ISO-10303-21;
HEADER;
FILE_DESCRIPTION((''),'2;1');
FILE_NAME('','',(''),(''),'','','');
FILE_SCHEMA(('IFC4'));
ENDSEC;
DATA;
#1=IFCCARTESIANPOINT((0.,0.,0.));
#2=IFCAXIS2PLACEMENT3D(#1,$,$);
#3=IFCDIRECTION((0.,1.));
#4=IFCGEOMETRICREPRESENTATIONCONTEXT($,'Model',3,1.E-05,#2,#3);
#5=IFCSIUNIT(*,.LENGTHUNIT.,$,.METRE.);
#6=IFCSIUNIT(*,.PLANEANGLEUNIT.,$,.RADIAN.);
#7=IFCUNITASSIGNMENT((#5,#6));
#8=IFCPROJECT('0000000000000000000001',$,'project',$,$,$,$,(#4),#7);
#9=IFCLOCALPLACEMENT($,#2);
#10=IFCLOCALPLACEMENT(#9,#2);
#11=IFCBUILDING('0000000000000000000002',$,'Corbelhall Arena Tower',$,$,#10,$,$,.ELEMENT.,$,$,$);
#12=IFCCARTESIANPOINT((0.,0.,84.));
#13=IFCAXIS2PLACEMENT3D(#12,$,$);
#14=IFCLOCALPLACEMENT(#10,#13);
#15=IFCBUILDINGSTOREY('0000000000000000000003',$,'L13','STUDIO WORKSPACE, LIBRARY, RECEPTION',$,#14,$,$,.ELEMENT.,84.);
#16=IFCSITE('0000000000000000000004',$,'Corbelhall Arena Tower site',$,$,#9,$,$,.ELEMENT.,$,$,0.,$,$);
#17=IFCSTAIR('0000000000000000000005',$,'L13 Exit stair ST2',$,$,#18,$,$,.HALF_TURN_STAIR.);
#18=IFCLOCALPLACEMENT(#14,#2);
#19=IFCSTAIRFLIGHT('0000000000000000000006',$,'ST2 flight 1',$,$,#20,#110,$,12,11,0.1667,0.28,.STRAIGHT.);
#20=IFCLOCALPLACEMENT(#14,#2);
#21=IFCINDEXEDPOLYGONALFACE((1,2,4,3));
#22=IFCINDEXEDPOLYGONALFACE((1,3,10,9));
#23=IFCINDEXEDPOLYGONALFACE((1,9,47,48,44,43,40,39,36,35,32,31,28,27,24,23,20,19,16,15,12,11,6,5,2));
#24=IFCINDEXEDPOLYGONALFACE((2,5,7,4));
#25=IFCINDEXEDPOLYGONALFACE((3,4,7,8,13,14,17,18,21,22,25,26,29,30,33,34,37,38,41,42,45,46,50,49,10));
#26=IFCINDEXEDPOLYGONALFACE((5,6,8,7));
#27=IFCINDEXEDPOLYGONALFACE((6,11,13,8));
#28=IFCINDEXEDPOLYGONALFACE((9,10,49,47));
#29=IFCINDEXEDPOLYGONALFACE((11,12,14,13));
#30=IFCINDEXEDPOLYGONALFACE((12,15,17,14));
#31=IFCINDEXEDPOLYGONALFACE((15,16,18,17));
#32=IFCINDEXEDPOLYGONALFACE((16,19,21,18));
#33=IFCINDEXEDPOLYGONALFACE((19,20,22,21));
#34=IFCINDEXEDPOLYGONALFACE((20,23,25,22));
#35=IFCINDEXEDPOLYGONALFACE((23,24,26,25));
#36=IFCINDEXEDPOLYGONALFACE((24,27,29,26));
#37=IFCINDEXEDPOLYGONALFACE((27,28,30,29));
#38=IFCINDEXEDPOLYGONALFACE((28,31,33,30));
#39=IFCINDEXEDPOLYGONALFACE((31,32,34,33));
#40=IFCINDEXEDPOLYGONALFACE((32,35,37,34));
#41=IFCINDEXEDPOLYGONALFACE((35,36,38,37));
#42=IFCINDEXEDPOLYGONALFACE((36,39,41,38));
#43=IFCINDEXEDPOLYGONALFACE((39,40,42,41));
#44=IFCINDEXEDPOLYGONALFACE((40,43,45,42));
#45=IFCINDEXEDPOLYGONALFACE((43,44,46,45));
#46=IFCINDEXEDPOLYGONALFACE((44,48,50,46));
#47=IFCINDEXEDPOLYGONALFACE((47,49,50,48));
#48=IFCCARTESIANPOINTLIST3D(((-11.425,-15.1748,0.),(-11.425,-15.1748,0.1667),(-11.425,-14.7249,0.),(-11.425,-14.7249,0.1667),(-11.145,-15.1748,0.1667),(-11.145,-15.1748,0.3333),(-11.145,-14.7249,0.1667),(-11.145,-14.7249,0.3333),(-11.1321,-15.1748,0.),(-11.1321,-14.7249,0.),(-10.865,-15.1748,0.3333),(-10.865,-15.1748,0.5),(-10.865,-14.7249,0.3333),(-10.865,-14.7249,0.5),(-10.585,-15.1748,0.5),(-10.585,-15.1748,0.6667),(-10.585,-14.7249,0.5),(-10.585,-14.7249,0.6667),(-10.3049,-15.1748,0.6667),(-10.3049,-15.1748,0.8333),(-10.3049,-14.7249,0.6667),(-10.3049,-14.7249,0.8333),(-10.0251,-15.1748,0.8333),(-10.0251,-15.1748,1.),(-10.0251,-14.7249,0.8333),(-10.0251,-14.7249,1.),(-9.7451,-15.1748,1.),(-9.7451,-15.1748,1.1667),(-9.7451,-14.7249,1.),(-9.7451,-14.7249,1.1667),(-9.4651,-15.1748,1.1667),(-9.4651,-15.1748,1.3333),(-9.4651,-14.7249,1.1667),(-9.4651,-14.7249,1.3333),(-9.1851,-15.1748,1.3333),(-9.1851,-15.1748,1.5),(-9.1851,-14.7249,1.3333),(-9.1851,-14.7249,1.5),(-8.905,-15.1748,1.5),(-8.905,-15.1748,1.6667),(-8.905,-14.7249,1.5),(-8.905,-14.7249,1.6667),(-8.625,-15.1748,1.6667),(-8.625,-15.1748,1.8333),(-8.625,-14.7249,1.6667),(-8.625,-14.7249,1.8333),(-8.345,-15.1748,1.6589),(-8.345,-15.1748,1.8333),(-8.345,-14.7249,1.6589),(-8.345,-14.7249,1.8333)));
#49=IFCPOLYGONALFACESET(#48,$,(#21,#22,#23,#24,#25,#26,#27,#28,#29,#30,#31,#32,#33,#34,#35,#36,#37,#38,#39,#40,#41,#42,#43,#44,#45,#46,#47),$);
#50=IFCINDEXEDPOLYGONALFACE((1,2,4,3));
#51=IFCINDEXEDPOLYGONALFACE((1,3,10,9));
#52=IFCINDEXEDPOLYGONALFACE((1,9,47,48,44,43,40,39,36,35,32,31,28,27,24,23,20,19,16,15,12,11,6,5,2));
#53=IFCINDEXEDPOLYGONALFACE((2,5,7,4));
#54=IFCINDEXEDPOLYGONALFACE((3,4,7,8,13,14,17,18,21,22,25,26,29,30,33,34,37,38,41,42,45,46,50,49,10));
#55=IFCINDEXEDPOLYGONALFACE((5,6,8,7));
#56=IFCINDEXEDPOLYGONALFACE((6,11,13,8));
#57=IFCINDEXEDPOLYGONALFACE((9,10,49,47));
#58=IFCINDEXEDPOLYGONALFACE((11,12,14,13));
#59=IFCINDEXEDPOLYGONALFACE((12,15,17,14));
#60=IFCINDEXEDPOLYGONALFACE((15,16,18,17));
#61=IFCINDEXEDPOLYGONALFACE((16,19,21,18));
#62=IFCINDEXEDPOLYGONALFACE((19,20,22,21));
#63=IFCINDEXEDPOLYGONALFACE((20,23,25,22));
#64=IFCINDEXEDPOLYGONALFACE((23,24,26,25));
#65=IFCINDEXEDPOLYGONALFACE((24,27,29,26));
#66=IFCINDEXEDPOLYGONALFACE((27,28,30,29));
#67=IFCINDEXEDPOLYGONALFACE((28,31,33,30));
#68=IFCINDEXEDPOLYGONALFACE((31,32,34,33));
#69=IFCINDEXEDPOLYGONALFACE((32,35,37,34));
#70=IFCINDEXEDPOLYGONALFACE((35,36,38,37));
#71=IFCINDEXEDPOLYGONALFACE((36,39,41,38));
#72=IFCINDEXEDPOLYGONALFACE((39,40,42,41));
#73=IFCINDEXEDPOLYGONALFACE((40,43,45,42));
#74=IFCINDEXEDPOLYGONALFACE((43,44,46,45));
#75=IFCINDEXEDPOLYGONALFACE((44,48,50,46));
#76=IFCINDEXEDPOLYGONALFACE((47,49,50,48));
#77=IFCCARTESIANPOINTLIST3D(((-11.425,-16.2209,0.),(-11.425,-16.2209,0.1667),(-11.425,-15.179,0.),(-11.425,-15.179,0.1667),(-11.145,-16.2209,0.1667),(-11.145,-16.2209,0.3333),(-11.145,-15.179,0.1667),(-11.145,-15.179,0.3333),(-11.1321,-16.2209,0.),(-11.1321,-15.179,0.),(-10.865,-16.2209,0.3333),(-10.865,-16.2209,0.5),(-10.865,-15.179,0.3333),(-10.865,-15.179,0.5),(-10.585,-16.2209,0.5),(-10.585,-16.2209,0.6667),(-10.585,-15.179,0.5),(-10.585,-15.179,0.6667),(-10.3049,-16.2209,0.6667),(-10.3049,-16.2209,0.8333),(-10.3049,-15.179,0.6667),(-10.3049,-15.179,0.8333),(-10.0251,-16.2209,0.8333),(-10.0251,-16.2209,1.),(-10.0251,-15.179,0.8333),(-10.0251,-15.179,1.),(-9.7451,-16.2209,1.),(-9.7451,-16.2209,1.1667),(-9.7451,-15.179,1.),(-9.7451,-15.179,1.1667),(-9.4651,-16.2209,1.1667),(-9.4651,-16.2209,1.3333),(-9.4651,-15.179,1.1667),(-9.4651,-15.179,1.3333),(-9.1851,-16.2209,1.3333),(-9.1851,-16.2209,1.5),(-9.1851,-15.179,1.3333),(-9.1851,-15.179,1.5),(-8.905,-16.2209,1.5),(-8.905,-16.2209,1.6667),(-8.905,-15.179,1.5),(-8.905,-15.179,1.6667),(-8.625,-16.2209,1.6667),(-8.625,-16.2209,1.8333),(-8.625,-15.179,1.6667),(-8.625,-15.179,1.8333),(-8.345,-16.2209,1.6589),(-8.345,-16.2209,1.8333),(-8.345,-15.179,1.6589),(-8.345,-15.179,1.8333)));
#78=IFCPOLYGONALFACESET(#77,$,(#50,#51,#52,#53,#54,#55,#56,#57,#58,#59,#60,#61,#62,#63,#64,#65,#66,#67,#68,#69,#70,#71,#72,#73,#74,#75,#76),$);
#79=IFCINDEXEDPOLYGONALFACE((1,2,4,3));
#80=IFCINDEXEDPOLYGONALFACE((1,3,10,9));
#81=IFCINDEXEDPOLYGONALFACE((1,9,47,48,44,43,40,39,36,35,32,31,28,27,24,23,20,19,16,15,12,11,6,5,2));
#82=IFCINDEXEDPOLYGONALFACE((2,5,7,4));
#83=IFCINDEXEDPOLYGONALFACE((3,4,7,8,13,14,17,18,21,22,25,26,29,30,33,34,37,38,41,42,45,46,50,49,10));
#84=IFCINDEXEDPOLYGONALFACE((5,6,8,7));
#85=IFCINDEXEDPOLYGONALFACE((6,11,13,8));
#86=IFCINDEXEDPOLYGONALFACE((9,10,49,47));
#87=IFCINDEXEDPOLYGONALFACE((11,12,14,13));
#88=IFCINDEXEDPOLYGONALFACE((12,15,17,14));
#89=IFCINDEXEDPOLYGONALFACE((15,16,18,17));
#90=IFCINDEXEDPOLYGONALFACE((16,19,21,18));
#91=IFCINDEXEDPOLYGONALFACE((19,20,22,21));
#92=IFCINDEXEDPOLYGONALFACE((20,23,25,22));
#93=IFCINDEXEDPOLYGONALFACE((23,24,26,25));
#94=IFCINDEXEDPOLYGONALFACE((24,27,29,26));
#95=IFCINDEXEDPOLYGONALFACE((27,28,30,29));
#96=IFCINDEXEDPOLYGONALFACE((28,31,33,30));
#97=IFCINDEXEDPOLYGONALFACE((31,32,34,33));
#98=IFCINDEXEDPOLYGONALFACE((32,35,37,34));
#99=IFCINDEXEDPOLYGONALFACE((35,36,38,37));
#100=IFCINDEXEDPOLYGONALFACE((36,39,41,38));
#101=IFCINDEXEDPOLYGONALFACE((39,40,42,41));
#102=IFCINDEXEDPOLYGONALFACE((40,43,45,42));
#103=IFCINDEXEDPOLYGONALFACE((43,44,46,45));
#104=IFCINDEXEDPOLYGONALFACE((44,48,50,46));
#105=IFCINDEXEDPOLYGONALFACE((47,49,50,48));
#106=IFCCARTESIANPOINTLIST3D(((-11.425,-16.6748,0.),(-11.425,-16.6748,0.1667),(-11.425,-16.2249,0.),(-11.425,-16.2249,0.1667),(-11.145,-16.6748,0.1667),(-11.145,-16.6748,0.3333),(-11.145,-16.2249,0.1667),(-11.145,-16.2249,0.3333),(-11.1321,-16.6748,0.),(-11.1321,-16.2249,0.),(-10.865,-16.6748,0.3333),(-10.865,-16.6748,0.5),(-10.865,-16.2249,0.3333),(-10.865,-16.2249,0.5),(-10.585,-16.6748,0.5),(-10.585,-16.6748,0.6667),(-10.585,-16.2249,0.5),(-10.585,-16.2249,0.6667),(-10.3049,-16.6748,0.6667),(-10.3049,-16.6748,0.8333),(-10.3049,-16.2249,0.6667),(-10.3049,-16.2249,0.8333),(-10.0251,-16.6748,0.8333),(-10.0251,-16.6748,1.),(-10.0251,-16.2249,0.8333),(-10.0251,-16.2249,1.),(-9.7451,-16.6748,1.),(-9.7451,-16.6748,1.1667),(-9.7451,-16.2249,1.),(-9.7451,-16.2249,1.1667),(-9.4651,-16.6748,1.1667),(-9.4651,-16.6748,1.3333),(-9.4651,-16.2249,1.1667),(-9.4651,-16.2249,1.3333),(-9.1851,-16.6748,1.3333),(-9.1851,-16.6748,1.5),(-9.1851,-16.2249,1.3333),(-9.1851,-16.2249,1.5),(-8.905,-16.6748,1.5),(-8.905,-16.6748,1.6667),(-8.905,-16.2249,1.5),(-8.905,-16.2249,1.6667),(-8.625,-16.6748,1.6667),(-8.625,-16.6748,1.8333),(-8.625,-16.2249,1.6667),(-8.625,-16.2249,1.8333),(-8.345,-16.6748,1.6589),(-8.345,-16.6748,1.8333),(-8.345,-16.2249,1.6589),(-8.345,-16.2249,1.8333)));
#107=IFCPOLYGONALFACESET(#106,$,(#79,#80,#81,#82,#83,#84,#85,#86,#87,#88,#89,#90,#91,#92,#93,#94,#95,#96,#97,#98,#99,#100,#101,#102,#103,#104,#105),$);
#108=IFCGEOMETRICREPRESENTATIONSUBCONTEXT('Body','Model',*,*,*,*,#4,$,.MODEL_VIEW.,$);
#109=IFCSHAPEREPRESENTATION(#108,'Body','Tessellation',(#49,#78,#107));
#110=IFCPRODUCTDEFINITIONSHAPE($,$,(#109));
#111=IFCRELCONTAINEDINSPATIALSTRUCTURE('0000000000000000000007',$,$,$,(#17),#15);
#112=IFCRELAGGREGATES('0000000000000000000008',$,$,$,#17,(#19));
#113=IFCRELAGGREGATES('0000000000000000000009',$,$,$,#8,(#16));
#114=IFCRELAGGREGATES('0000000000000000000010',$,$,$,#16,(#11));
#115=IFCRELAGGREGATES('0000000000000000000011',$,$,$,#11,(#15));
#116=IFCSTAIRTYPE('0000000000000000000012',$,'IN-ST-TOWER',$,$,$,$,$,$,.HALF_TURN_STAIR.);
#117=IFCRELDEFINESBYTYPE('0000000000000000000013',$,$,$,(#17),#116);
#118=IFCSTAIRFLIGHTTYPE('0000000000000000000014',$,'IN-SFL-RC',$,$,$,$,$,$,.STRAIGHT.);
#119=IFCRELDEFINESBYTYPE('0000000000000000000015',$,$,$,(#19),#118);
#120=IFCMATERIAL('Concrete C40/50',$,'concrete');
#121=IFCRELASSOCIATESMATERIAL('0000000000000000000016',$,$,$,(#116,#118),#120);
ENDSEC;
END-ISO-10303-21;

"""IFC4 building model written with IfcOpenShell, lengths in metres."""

from ifc_helpers import new_model, si_unit, direction, frame, origin, place, context, subcontext, project, spatial, polyline, outline, extrude, material, type_object, element, aggregate, save


model = new_model("IFC4")

# Units and contexts
model_context = context("Model", 3, precision=1e-05, world=origin(), true_north=direction((0.0, 1.0)))
body_context = subcontext(model_context, "Body", "Model", "MODEL_VIEW")
ifc_project = project(units=[si_unit("LENGTHUNIT", "METRE"), si_unit("PLANEANGLEUNIT", "RADIAN")], contexts=[model_context])

# Site, building, storey
site_placement = place(None, origin())
site = spatial("IfcSite", under=ifc_project, at=site_placement, Name="Corbelhall Arena Tower site", CompositionType="ELEMENT", RefElevation=0.0)
building_placement = place(site_placement, origin())
building = spatial("IfcBuilding", under=site, at=building_placement, Name="Corbelhall Arena Tower", CompositionType="ELEMENT")
storey_placement = place(building_placement, frame((0.0, 0.0, 84.0)))
storey = spatial("IfcBuildingStorey", under=building, at=storey_placement, Name="L13", Description="STUDIO WORKSPACE, LIBRARY, RECEPTION", CompositionType="ELEMENT", Elevation=84.0)

# Stair, stair flight
ifc_material_1 = material(Name="Concrete C40/50", Category="concrete")
stair_type = type_object("IfcStairType", Name="IN-ST-TOWER", PredefinedType="HALF_TURN_STAIR", material=ifc_material_1)
stair_placement = place(storey_placement, origin())
stair = element("IfcStair", 1, at=stair_placement, inside=storey, type_object=stair_type, Name="L13 Exit stair ST2", PredefinedType="HALF_TURN_STAIR")
stair_flight_type = type_object("IfcStairFlightType", Name="IN-SFL-RC", PredefinedType="STRAIGHT", material=ifc_material_1)
stair_flight_placement = place(storey_placement, frame((-11.425, -15.7, 0.0), z_axis=(0.0, 0.0, 1.0), x_axis=(1.0, 0.0, 0.0)))
stair_flight = element("IfcStairFlight", 2, at=stair_flight_placement, type_object=stair_flight_type, Name="ST2 flight 1", NumberOfRisers=12, NumberOfTreads=11, PredefinedType="STRAIGHT", RiserHeight=0.1667, TreadLength=0.28, context=body_context, shape_type="SweptSolid", body=[
    extrude(outline(polyline([(0.0, 0.0), (0.0, 0.1667), (0.28, 0.1667), (0.28, 0.3333), (0.5601, 0.3333), (0.5601, 0.5), (0.8401, 0.5), (0.8401, 0.6667), (1.1201, 0.6667), (1.1201, 0.8333), (1.3999, 0.8333), (1.3999, 1.0), (1.6799, 1.0), (1.6799, 1.1667), (1.96, 1.1667), (1.96, 1.3333), (2.24, 1.3333), (2.24, 1.5), (2.52, 1.5), (2.52, 1.6667), (2.8, 1.6667), (2.8, 1.8333), (3.0801, 1.8333), (3.0801, 2.0), (3.0801, 1.6589), (0.293, 0.0), (0.0, 0.0)])), frame((0.0, 0.9751, 0.0), z_axis=(0.0, -1.0, 0.0), x_axis=(1.0, 0.0, 0.0)), (0.0, 0.0, 1.0), 0.45),
    extrude(outline(polyline([(0.0, 0.0), (0.0, 0.1667), (0.28, 0.1667), (0.28, 0.3333), (0.5601, 0.3333), (0.5601, 0.5), (0.8401, 0.5), (0.8401, 0.6667), (1.1201, 0.6667), (1.1201, 0.8333), (1.3999, 0.8333), (1.3999, 1.0), (1.6799, 1.0), (1.6799, 1.1667), (1.96, 1.1667), (1.96, 1.3333), (2.24, 1.3333), (2.24, 1.5), (2.52, 1.5), (2.52, 1.6667), (2.8, 1.6667), (2.8, 1.8333), (3.0801, 1.8333), (3.0801, 2.0), (3.0801, 1.6589), (0.293, 0.0), (0.0, 0.0)])), frame((0.0, 0.521, 0.0), z_axis=(0.0, -1.0, 0.0), x_axis=(1.0, 0.0, 0.0)), (0.0, 0.0, 1.0), 1.042),
    extrude(outline(polyline([(0.0, 0.0), (0.0, 0.1667), (0.28, 0.1667), (0.28, 0.3333), (0.5601, 0.3333), (0.5601, 0.5), (0.8401, 0.5), (0.8401, 0.6667), (1.1201, 0.6667), (1.1201, 0.8333), (1.3999, 0.8333), (1.3999, 1.0), (1.6799, 1.0), (1.6799, 1.1667), (1.96, 1.1667), (1.96, 1.3333), (2.24, 1.3333), (2.24, 1.5), (2.52, 1.5), (2.52, 1.6667), (2.8, 1.6667), (2.8, 1.8333), (3.0801, 1.8333), (3.0801, 2.0), (3.0801, 1.6589), (0.293, 0.0), (0.0, 0.0)])), frame((0.0, -0.5249, 0.0), z_axis=(0.0, -1.0, 0.0), x_axis=(1.0, 0.0, 0.0)), (0.0, 0.0, 1.0), 0.45),
])
aggregate(stair, [stair_flight])

save(model, "model.ifc")
